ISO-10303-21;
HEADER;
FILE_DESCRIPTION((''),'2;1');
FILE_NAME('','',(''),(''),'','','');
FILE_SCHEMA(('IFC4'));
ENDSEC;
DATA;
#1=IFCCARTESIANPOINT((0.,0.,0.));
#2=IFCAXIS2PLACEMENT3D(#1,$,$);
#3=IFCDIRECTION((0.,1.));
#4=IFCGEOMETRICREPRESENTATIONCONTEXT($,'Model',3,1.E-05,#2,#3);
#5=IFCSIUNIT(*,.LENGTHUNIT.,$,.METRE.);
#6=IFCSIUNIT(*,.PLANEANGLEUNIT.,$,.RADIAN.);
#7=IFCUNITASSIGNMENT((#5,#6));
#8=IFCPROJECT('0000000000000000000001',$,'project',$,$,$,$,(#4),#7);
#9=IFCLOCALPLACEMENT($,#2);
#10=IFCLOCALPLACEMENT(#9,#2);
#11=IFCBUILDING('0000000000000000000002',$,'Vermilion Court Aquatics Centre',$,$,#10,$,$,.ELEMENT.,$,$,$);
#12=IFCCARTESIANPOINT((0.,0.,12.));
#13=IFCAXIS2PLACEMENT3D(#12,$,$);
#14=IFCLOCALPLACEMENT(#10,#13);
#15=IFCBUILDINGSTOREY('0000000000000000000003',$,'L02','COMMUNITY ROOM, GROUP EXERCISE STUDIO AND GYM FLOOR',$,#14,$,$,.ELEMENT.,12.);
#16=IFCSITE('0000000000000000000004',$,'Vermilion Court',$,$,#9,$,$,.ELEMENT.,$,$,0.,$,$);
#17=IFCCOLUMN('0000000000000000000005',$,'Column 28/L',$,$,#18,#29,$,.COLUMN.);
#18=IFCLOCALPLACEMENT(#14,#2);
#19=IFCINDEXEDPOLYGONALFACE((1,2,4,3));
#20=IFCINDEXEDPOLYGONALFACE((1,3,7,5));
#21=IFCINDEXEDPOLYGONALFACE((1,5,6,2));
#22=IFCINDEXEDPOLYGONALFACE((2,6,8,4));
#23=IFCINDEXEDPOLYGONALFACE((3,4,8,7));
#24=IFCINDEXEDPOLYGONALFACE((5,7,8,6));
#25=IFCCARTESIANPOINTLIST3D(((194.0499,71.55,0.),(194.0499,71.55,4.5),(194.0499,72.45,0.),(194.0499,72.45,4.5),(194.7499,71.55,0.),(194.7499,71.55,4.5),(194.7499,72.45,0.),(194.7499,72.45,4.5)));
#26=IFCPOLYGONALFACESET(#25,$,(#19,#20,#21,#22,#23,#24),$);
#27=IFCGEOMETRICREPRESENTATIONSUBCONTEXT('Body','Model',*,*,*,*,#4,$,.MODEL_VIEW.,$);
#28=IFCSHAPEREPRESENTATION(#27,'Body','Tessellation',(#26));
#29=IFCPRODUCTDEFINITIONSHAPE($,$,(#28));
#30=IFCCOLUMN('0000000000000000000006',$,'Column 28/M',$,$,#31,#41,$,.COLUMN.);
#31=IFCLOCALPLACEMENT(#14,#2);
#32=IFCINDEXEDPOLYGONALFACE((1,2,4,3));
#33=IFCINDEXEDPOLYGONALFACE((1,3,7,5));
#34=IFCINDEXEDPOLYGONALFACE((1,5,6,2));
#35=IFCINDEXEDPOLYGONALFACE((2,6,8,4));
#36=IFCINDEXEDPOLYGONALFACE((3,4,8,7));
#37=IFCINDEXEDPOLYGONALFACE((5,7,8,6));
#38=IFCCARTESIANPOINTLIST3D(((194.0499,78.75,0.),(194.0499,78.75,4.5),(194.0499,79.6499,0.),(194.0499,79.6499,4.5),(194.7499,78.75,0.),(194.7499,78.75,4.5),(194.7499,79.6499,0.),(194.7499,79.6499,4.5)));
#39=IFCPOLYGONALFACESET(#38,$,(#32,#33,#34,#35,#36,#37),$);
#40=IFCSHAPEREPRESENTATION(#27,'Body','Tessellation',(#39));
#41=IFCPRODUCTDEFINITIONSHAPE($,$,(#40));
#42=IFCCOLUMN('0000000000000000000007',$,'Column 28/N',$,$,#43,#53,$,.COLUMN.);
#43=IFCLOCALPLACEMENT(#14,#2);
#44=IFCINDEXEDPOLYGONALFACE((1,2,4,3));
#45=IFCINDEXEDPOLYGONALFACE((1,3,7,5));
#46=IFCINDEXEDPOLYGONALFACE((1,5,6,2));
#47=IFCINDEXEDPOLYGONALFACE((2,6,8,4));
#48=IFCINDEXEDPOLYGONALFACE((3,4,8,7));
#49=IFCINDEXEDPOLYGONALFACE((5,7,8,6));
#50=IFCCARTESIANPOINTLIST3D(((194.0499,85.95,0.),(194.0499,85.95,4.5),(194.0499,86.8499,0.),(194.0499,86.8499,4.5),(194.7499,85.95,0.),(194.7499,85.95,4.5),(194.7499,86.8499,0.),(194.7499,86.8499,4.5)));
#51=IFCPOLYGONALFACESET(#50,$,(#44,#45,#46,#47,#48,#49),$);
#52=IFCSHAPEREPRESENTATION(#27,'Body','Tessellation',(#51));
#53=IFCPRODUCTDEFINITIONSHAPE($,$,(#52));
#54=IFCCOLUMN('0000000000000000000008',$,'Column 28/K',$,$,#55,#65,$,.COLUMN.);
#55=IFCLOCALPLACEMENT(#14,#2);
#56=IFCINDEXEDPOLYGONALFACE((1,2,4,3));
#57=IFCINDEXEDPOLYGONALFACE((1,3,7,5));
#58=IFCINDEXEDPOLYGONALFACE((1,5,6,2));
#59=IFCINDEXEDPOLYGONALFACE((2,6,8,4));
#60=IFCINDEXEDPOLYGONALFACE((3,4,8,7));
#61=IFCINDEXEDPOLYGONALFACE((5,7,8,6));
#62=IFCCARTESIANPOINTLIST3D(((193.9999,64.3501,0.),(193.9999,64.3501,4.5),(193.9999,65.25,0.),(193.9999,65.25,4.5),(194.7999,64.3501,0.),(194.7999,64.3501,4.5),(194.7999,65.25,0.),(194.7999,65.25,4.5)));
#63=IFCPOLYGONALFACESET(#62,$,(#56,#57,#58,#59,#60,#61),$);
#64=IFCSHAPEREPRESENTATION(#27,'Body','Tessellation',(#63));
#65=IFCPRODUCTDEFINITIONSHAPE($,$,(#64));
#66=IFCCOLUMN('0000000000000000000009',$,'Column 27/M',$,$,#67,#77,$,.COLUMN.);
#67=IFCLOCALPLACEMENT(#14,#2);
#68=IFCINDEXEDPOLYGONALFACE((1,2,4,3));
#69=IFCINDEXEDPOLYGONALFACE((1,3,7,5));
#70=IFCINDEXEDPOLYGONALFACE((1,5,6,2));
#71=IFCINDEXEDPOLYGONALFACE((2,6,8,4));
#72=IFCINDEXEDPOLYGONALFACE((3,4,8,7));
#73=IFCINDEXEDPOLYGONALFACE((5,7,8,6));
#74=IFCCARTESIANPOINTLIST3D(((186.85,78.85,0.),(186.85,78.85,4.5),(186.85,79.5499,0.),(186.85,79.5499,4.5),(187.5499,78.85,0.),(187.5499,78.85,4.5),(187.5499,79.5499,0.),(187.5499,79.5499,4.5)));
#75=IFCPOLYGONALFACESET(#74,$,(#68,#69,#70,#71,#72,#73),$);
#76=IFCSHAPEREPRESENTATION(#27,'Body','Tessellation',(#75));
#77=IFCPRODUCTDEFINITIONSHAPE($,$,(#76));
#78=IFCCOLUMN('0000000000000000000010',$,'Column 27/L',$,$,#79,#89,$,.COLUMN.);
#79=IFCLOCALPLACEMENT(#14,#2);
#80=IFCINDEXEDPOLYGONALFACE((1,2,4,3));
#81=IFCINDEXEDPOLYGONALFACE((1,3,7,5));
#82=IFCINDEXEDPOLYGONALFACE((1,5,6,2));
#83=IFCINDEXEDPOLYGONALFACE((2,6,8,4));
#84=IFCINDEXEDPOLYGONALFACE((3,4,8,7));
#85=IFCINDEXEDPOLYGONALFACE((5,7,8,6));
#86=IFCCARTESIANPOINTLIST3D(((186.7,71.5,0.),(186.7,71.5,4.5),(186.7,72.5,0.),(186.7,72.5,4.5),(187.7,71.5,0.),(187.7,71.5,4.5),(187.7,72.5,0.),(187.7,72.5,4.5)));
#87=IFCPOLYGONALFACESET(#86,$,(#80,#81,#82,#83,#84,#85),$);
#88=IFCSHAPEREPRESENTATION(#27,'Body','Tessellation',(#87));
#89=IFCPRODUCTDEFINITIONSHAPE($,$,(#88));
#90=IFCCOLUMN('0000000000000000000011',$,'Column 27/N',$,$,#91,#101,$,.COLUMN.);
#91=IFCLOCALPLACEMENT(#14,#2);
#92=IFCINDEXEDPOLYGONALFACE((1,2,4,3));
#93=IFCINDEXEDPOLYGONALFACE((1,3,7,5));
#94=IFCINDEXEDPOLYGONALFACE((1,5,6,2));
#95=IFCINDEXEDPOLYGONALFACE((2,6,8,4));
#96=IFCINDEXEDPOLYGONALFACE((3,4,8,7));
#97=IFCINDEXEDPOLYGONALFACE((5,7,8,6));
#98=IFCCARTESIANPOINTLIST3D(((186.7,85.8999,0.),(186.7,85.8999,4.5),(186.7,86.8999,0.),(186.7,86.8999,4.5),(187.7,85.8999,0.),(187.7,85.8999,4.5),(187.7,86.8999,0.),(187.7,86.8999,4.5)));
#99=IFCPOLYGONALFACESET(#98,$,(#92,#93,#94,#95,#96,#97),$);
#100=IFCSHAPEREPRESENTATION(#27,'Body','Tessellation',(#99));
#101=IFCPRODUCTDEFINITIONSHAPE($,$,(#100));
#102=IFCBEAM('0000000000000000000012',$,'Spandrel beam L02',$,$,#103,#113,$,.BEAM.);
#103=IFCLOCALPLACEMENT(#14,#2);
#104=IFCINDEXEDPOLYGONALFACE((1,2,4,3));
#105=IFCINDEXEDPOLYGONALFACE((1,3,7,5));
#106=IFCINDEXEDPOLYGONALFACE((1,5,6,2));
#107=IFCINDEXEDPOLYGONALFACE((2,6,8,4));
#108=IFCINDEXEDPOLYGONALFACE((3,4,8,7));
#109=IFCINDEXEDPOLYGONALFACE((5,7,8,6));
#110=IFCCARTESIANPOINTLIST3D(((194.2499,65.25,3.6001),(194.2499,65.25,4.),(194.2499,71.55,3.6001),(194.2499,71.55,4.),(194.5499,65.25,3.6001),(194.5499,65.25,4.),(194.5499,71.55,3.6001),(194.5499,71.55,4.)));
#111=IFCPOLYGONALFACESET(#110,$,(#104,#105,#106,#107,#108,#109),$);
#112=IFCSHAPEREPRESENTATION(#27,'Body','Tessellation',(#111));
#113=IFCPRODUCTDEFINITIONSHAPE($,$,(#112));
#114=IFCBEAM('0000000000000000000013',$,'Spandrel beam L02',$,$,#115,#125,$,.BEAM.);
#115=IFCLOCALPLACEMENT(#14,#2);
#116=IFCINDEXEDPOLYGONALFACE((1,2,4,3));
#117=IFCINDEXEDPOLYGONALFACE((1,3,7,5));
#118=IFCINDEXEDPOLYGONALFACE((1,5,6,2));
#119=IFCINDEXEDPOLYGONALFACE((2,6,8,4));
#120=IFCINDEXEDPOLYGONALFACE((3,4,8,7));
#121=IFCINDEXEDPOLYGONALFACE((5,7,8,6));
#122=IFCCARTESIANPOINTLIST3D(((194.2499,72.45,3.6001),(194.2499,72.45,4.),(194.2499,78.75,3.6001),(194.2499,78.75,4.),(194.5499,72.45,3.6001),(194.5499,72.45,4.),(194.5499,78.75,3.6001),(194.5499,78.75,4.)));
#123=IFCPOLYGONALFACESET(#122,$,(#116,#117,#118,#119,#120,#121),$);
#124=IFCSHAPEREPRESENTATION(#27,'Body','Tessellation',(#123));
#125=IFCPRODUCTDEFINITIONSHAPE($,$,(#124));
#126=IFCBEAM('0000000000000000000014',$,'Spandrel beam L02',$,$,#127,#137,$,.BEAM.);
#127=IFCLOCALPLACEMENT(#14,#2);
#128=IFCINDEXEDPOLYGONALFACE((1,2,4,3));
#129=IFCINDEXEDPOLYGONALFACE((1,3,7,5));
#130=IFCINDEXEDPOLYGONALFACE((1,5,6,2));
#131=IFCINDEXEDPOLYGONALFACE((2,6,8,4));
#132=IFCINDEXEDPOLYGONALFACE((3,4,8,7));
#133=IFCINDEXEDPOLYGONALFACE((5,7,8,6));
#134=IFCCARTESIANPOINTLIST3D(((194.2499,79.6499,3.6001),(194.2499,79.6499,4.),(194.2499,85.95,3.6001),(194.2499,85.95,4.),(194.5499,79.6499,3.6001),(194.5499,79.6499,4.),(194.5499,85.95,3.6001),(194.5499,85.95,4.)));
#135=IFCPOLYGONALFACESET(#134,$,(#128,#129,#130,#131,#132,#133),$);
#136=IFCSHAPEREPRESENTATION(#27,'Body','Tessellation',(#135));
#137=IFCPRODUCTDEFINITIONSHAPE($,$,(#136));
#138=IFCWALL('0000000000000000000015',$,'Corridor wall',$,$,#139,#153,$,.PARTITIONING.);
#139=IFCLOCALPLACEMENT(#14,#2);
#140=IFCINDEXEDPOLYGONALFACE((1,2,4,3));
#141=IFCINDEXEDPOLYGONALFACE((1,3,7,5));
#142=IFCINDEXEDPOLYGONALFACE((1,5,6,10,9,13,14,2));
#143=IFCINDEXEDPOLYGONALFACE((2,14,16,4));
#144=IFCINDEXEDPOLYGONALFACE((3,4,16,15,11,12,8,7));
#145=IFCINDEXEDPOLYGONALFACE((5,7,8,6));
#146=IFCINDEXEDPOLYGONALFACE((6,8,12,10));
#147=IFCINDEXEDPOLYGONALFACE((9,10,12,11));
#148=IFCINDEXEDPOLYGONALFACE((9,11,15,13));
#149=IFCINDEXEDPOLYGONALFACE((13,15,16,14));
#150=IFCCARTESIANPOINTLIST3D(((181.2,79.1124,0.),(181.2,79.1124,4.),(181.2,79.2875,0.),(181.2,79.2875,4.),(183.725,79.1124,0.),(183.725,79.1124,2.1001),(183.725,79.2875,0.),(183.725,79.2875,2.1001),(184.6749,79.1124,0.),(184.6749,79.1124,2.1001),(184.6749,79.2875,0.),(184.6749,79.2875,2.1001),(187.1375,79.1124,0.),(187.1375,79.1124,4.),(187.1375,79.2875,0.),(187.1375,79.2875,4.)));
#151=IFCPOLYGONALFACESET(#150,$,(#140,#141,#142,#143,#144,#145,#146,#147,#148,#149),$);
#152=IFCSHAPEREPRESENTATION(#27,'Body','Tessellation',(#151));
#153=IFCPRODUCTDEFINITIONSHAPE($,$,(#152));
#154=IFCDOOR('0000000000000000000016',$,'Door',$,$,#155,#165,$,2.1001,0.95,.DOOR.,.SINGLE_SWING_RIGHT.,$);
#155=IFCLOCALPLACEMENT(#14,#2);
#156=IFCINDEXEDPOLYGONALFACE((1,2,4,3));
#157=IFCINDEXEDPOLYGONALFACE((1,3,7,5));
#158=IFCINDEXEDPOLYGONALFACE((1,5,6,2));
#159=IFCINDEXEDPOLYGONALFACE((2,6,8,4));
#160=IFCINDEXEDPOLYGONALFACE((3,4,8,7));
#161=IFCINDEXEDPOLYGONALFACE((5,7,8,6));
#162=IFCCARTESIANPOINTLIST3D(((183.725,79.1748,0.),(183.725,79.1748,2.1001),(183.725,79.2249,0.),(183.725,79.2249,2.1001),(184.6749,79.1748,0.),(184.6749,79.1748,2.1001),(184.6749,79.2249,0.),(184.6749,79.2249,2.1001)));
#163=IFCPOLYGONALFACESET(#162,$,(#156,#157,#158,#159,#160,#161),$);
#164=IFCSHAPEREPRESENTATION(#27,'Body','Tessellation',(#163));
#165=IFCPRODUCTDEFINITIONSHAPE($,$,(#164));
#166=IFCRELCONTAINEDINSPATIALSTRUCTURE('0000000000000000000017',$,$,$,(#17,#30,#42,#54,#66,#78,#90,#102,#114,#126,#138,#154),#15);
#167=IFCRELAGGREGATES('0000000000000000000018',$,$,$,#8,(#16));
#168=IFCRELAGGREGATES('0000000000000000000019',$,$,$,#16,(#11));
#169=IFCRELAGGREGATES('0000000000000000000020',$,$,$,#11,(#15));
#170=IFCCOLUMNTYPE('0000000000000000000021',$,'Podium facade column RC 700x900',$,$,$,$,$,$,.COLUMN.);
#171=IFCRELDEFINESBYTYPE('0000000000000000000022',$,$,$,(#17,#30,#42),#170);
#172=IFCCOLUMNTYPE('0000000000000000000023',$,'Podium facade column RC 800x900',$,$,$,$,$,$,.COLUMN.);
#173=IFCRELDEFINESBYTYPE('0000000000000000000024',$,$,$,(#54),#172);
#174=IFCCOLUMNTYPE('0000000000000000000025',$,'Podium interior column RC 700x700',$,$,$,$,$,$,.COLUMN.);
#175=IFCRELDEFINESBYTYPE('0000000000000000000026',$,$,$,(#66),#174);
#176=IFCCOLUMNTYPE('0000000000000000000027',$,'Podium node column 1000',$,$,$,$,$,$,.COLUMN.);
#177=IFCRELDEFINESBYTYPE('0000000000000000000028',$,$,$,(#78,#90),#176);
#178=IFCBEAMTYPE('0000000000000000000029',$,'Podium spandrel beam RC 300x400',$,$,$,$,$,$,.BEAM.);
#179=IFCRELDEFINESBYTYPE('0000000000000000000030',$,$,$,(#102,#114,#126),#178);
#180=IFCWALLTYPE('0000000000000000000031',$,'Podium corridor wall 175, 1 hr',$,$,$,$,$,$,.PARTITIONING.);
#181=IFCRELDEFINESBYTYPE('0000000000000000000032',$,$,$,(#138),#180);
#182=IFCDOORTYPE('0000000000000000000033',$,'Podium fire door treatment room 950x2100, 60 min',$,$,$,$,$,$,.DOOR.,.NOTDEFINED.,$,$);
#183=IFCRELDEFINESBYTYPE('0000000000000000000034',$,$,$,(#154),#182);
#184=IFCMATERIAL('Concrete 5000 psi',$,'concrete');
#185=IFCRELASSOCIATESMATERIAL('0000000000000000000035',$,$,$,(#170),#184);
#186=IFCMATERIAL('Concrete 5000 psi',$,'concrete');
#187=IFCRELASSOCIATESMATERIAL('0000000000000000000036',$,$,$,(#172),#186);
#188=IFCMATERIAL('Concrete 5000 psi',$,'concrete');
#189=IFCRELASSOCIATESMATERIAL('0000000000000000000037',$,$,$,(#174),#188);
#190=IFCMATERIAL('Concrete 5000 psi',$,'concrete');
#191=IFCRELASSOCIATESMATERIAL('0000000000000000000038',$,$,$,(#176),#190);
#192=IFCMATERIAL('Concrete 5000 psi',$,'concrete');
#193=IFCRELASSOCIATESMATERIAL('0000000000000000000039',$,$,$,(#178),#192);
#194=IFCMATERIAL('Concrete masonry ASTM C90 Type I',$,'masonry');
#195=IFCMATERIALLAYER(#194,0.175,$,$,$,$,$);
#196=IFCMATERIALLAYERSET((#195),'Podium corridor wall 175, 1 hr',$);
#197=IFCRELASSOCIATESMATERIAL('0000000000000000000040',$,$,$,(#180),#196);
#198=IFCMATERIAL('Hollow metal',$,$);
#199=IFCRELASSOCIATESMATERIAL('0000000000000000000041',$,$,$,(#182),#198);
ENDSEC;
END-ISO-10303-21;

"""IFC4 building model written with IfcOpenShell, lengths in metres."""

from ifc_helpers import new_model, si_unit, direction, frame, frame_2d, origin, origin_2d, place, context, subcontext, project, spatial, rectangle, extrude, material, layer, layer_set, material_profile, profile_set, type_object, element, fill, save


model = new_model("IFC4")

# Units and contexts
model_context = context("Model", 3, precision=1e-05, world=origin(), true_north=direction((0.0, 1.0)))
body_context = subcontext(model_context, "Body", "Model", "MODEL_VIEW")
ifc_project = project(units=[si_unit("LENGTHUNIT", "METRE"), si_unit("PLANEANGLEUNIT", "RADIAN")], contexts=[model_context])

# Site, building, storey
site_placement = place(None, origin())
site = spatial("IfcSite", under=ifc_project, at=site_placement, Name="Vermilion Court", CompositionType="ELEMENT", RefElevation=0.0)
building_placement = place(site_placement, origin())
building = spatial("IfcBuilding", under=site, at=building_placement, Name="Vermilion Court Aquatics Centre", CompositionType="ELEMENT")
storey_placement = place(building_placement, frame((0.0, 0.0, 12.0)))
storey = spatial("IfcBuildingStorey", under=building, at=storey_placement, Name="L02", Description="COMMUNITY ROOM, GROUP EXERCISE STUDIO AND GYM FLOOR", CompositionType="ELEMENT", Elevation=12.0)

# Columns
ifc_material_1 = material(Name="Concrete 5000 psi", Category="concrete")
ifc_material_profile_1 = material_profile(ifc_material_1, rectangle(XDim=0.7, YDim=0.8999, at=origin_2d()), Name="RC 700x900")
ifc_profile_set_1 = profile_set([ifc_material_profile_1], Name="Concrete 5000 psi")
column_type_1 = type_object("IfcColumnType", Name="Podium facade column RC 700x900", PredefinedType="COLUMN", material=ifc_profile_set_1)
for number, where, z_axis, x_axis, name in (
    (1, (194.3999, 72.0, 0.0), (0.0, 0.0, 1.0), (1.0, 0.0, 0.0), "Column 28/L"),
    (2, (194.3999, 79.2, 0.0), (0.0, 0.0, 1.0), (1.0, 0.0, 0.0), "Column 28/M"),
    (3, (194.3999, 86.3999, 0.0), (0.0, 0.0, 1.0), (1.0, 0.0, 0.0), "Column 28/N"),
):
    element("IfcColumn", number, at=place(storey_placement, frame(where, z_axis=z_axis, x_axis=x_axis)), inside=storey, type_object=column_type_1, Name=name, PredefinedType="COLUMN", context=body_context, shape_type="SweptSolid", body=[
        extrude(rectangle(XDim=0.7, YDim=0.8999, at=origin_2d()), origin(), (0.0, 0.0, 1.0), 4.5),
    ])
ifc_material_2 = material(Name="Concrete 5000 psi", Category="concrete")
ifc_material_profile_2 = material_profile(ifc_material_2, rectangle(XDim=0.8, YDim=0.8999, at=origin_2d()), Name="RC 800x900")
ifc_profile_set_2 = profile_set([ifc_material_profile_2], Name="Concrete 5000 psi")
column_type_2 = type_object("IfcColumnType", Name="Podium facade column RC 800x900", PredefinedType="COLUMN", material=ifc_profile_set_2)
column_1_placement = place(storey_placement, frame((194.3999, 64.8, 0.0), z_axis=(0.0, 0.0, 1.0), x_axis=(1.0, 0.0, 0.0)))
element("IfcColumn", 4, at=column_1_placement, inside=storey, type_object=column_type_2, Name="Column 28/K", PredefinedType="COLUMN", context=body_context, shape_type="SweptSolid", body=[
    extrude(rectangle(XDim=0.8, YDim=0.8999, at=origin_2d()), origin(), (0.0, 0.0, 1.0), 4.5),
])
ifc_material_3 = material(Name="Concrete 5000 psi", Category="concrete")
ifc_material_profile_3 = material_profile(ifc_material_3, rectangle(XDim=0.7, YDim=0.7, at=origin_2d()), Name="RC 700x700")
ifc_profile_set_3 = profile_set([ifc_material_profile_3], Name="Concrete 5000 psi")
column_type_3 = type_object("IfcColumnType", Name="Podium interior column RC 700x700", PredefinedType="COLUMN", material=ifc_profile_set_3)
column_2_placement = place(storey_placement, frame((187.2, 79.2, 0.0), z_axis=(0.0, 0.0, 1.0), x_axis=(1.0, 0.0, 0.0)))
element("IfcColumn", 5, at=column_2_placement, inside=storey, type_object=column_type_3, Name="Column 27/M", PredefinedType="COLUMN", context=body_context, shape_type="SweptSolid", body=[
    extrude(rectangle(XDim=0.7, YDim=0.7, at=origin_2d()), origin(), (0.0, 0.0, 1.0), 4.5),
])
ifc_material_4 = material(Name="Concrete 5000 psi", Category="concrete")
ifc_material_profile_4 = material_profile(ifc_material_4, rectangle(XDim=1.0, YDim=1.0, at=origin_2d()), Name="RC 1000x1000")
ifc_profile_set_4 = profile_set([ifc_material_profile_4], Name="Concrete 5000 psi")
column_type_4 = type_object("IfcColumnType", Name="Podium node column 1000", PredefinedType="COLUMN", material=ifc_profile_set_4)
for number, where, z_axis, x_axis, name in (
    (6, (187.2, 72.0, 0.0), (0.0, 0.0, 1.0), (1.0, 0.0, 0.0), "Column 27/L"),
    (7, (187.2, 86.3999, 0.0), (0.0, 0.0, 1.0), (1.0, 0.0, 0.0), "Column 27/N"),
):
    element("IfcColumn", number, at=place(storey_placement, frame(where, z_axis=z_axis, x_axis=x_axis)), inside=storey, type_object=column_type_4, Name=name, PredefinedType="COLUMN", context=body_context, shape_type="SweptSolid", body=[
        extrude(rectangle(XDim=1.0, YDim=1.0, at=origin_2d()), origin(), (0.0, 0.0, 1.0), 4.5),
    ])

# Beams
ifc_material_5 = material(Name="Concrete 5000 psi", Category="concrete")
ifc_material_profile_5 = material_profile(ifc_material_5, rectangle(XDim=0.3, YDim=0.3999, at=origin_2d()), Name="RC 300x400")
ifc_profile_set_5 = profile_set([ifc_material_profile_5], Name="Concrete 5000 psi")
beam_type = type_object("IfcBeamType", Name="Podium spandrel beam RC 300x400", PredefinedType="BEAM", material=ifc_profile_set_5)
for number, where, z_axis, x_axis, name in (
    (8, (194.3999, 65.25, 3.8), (0.0, 1.0, 0.0), (-1.0, 0.0, 0.0), "Spandrel beam L02"),
    (9, (194.3999, 72.45, 3.8), (0.0, 1.0, 0.0), (-1.0, 0.0, 0.0), "Spandrel beam L02"),
    (10, (194.3999, 79.6499, 3.8), (0.0, 1.0, 0.0), (-1.0, 0.0, 0.0), "Spandrel beam L02"),
):
    element("IfcBeam", number, at=place(storey_placement, frame(where, z_axis=z_axis, x_axis=x_axis)), inside=storey, type_object=beam_type, Name=name, PredefinedType="BEAM", context=body_context, shape_type="SweptSolid", body=[
        extrude(rectangle(XDim=0.3, YDim=0.3999, at=origin_2d()), origin(), (0.0, 0.0, 1.0), 6.3),
    ])

# Wall, opening, door
ifc_material_6 = material(Name="Concrete masonry ASTM C90 Type I", Category="masonry")
ifc_layer_1 = layer(ifc_material_6, 0.175)
ifc_layer_set_1 = layer_set([ifc_layer_1], Name="Podium corridor wall 175, 1 hr")
wall_type_1 = type_object("IfcWallType", Name="Podium corridor wall 175, 1 hr", PredefinedType="PARTITIONING", material=ifc_layer_set_1)
wall_1_placement = place(storey_placement, frame((181.2, 79.2, 0.0), z_axis=(0.0, 0.0, 1.0), x_axis=(1.0, 0.0, 0.0)))
wall_1 = element("IfcWall", 11, at=wall_1_placement, inside=storey, type_object=wall_type_1, Name="Corridor wall", PredefinedType="PARTITIONING", context=body_context, shape_type="SweptSolid", body=[
    extrude(rectangle(XDim=5.9375, YDim=0.175, at=frame_2d((2.9688, 0.0))), origin(), (0.0, 0.0, 1.0), 4.0),
])
opening_1_placement = place(wall_1_placement, frame((2.5249, 0.0, 0.0)))
opening_1 = element("IfcOpeningElement", 12, at=opening_1_placement, cuts=wall_1, PredefinedType="OPENING", context=body_context, shape_type="SweptSolid", body=[
    extrude(rectangle(XDim=0.95, YDim=2.1001, at=frame_2d((0.4751, 1.05))), frame((0.0, 0.0974, 0.0), z_axis=(0.0, -1.0, 0.0), x_axis=(1.0, 0.0, 0.0)), (0.0, 0.0, 1.0), 0.1951),
])
ifc_material_7 = material(Name="Hollow metal")
door_type_1 = type_object("IfcDoorType", Name="Podium fire door treatment room 950x2100, 60 min", OperationType="NOTDEFINED", PredefinedType="DOOR", material=ifc_material_7)
door_1_placement = place(opening_1_placement, origin())
door_1 = element("IfcDoor", 13, at=door_1_placement, inside=storey, type_object=door_type_1, Name="Door", OperationType="SINGLE_SWING_RIGHT", OverallHeight=2.1001, OverallWidth=0.95, PredefinedType="DOOR", context=body_context, shape_type="SweptSolid", body=[
    extrude(rectangle(XDim=0.95, YDim=2.1001, at=frame_2d((0.4751, 1.05))), frame((0.0, 0.0249, 0.0), z_axis=(0.0, -1.0, 0.0), x_axis=(1.0, 0.0, 0.0)), (0.0, 0.0, 1.0), 0.05),
])
fill(opening_1, door_1)

save(model, "model.ifc")
